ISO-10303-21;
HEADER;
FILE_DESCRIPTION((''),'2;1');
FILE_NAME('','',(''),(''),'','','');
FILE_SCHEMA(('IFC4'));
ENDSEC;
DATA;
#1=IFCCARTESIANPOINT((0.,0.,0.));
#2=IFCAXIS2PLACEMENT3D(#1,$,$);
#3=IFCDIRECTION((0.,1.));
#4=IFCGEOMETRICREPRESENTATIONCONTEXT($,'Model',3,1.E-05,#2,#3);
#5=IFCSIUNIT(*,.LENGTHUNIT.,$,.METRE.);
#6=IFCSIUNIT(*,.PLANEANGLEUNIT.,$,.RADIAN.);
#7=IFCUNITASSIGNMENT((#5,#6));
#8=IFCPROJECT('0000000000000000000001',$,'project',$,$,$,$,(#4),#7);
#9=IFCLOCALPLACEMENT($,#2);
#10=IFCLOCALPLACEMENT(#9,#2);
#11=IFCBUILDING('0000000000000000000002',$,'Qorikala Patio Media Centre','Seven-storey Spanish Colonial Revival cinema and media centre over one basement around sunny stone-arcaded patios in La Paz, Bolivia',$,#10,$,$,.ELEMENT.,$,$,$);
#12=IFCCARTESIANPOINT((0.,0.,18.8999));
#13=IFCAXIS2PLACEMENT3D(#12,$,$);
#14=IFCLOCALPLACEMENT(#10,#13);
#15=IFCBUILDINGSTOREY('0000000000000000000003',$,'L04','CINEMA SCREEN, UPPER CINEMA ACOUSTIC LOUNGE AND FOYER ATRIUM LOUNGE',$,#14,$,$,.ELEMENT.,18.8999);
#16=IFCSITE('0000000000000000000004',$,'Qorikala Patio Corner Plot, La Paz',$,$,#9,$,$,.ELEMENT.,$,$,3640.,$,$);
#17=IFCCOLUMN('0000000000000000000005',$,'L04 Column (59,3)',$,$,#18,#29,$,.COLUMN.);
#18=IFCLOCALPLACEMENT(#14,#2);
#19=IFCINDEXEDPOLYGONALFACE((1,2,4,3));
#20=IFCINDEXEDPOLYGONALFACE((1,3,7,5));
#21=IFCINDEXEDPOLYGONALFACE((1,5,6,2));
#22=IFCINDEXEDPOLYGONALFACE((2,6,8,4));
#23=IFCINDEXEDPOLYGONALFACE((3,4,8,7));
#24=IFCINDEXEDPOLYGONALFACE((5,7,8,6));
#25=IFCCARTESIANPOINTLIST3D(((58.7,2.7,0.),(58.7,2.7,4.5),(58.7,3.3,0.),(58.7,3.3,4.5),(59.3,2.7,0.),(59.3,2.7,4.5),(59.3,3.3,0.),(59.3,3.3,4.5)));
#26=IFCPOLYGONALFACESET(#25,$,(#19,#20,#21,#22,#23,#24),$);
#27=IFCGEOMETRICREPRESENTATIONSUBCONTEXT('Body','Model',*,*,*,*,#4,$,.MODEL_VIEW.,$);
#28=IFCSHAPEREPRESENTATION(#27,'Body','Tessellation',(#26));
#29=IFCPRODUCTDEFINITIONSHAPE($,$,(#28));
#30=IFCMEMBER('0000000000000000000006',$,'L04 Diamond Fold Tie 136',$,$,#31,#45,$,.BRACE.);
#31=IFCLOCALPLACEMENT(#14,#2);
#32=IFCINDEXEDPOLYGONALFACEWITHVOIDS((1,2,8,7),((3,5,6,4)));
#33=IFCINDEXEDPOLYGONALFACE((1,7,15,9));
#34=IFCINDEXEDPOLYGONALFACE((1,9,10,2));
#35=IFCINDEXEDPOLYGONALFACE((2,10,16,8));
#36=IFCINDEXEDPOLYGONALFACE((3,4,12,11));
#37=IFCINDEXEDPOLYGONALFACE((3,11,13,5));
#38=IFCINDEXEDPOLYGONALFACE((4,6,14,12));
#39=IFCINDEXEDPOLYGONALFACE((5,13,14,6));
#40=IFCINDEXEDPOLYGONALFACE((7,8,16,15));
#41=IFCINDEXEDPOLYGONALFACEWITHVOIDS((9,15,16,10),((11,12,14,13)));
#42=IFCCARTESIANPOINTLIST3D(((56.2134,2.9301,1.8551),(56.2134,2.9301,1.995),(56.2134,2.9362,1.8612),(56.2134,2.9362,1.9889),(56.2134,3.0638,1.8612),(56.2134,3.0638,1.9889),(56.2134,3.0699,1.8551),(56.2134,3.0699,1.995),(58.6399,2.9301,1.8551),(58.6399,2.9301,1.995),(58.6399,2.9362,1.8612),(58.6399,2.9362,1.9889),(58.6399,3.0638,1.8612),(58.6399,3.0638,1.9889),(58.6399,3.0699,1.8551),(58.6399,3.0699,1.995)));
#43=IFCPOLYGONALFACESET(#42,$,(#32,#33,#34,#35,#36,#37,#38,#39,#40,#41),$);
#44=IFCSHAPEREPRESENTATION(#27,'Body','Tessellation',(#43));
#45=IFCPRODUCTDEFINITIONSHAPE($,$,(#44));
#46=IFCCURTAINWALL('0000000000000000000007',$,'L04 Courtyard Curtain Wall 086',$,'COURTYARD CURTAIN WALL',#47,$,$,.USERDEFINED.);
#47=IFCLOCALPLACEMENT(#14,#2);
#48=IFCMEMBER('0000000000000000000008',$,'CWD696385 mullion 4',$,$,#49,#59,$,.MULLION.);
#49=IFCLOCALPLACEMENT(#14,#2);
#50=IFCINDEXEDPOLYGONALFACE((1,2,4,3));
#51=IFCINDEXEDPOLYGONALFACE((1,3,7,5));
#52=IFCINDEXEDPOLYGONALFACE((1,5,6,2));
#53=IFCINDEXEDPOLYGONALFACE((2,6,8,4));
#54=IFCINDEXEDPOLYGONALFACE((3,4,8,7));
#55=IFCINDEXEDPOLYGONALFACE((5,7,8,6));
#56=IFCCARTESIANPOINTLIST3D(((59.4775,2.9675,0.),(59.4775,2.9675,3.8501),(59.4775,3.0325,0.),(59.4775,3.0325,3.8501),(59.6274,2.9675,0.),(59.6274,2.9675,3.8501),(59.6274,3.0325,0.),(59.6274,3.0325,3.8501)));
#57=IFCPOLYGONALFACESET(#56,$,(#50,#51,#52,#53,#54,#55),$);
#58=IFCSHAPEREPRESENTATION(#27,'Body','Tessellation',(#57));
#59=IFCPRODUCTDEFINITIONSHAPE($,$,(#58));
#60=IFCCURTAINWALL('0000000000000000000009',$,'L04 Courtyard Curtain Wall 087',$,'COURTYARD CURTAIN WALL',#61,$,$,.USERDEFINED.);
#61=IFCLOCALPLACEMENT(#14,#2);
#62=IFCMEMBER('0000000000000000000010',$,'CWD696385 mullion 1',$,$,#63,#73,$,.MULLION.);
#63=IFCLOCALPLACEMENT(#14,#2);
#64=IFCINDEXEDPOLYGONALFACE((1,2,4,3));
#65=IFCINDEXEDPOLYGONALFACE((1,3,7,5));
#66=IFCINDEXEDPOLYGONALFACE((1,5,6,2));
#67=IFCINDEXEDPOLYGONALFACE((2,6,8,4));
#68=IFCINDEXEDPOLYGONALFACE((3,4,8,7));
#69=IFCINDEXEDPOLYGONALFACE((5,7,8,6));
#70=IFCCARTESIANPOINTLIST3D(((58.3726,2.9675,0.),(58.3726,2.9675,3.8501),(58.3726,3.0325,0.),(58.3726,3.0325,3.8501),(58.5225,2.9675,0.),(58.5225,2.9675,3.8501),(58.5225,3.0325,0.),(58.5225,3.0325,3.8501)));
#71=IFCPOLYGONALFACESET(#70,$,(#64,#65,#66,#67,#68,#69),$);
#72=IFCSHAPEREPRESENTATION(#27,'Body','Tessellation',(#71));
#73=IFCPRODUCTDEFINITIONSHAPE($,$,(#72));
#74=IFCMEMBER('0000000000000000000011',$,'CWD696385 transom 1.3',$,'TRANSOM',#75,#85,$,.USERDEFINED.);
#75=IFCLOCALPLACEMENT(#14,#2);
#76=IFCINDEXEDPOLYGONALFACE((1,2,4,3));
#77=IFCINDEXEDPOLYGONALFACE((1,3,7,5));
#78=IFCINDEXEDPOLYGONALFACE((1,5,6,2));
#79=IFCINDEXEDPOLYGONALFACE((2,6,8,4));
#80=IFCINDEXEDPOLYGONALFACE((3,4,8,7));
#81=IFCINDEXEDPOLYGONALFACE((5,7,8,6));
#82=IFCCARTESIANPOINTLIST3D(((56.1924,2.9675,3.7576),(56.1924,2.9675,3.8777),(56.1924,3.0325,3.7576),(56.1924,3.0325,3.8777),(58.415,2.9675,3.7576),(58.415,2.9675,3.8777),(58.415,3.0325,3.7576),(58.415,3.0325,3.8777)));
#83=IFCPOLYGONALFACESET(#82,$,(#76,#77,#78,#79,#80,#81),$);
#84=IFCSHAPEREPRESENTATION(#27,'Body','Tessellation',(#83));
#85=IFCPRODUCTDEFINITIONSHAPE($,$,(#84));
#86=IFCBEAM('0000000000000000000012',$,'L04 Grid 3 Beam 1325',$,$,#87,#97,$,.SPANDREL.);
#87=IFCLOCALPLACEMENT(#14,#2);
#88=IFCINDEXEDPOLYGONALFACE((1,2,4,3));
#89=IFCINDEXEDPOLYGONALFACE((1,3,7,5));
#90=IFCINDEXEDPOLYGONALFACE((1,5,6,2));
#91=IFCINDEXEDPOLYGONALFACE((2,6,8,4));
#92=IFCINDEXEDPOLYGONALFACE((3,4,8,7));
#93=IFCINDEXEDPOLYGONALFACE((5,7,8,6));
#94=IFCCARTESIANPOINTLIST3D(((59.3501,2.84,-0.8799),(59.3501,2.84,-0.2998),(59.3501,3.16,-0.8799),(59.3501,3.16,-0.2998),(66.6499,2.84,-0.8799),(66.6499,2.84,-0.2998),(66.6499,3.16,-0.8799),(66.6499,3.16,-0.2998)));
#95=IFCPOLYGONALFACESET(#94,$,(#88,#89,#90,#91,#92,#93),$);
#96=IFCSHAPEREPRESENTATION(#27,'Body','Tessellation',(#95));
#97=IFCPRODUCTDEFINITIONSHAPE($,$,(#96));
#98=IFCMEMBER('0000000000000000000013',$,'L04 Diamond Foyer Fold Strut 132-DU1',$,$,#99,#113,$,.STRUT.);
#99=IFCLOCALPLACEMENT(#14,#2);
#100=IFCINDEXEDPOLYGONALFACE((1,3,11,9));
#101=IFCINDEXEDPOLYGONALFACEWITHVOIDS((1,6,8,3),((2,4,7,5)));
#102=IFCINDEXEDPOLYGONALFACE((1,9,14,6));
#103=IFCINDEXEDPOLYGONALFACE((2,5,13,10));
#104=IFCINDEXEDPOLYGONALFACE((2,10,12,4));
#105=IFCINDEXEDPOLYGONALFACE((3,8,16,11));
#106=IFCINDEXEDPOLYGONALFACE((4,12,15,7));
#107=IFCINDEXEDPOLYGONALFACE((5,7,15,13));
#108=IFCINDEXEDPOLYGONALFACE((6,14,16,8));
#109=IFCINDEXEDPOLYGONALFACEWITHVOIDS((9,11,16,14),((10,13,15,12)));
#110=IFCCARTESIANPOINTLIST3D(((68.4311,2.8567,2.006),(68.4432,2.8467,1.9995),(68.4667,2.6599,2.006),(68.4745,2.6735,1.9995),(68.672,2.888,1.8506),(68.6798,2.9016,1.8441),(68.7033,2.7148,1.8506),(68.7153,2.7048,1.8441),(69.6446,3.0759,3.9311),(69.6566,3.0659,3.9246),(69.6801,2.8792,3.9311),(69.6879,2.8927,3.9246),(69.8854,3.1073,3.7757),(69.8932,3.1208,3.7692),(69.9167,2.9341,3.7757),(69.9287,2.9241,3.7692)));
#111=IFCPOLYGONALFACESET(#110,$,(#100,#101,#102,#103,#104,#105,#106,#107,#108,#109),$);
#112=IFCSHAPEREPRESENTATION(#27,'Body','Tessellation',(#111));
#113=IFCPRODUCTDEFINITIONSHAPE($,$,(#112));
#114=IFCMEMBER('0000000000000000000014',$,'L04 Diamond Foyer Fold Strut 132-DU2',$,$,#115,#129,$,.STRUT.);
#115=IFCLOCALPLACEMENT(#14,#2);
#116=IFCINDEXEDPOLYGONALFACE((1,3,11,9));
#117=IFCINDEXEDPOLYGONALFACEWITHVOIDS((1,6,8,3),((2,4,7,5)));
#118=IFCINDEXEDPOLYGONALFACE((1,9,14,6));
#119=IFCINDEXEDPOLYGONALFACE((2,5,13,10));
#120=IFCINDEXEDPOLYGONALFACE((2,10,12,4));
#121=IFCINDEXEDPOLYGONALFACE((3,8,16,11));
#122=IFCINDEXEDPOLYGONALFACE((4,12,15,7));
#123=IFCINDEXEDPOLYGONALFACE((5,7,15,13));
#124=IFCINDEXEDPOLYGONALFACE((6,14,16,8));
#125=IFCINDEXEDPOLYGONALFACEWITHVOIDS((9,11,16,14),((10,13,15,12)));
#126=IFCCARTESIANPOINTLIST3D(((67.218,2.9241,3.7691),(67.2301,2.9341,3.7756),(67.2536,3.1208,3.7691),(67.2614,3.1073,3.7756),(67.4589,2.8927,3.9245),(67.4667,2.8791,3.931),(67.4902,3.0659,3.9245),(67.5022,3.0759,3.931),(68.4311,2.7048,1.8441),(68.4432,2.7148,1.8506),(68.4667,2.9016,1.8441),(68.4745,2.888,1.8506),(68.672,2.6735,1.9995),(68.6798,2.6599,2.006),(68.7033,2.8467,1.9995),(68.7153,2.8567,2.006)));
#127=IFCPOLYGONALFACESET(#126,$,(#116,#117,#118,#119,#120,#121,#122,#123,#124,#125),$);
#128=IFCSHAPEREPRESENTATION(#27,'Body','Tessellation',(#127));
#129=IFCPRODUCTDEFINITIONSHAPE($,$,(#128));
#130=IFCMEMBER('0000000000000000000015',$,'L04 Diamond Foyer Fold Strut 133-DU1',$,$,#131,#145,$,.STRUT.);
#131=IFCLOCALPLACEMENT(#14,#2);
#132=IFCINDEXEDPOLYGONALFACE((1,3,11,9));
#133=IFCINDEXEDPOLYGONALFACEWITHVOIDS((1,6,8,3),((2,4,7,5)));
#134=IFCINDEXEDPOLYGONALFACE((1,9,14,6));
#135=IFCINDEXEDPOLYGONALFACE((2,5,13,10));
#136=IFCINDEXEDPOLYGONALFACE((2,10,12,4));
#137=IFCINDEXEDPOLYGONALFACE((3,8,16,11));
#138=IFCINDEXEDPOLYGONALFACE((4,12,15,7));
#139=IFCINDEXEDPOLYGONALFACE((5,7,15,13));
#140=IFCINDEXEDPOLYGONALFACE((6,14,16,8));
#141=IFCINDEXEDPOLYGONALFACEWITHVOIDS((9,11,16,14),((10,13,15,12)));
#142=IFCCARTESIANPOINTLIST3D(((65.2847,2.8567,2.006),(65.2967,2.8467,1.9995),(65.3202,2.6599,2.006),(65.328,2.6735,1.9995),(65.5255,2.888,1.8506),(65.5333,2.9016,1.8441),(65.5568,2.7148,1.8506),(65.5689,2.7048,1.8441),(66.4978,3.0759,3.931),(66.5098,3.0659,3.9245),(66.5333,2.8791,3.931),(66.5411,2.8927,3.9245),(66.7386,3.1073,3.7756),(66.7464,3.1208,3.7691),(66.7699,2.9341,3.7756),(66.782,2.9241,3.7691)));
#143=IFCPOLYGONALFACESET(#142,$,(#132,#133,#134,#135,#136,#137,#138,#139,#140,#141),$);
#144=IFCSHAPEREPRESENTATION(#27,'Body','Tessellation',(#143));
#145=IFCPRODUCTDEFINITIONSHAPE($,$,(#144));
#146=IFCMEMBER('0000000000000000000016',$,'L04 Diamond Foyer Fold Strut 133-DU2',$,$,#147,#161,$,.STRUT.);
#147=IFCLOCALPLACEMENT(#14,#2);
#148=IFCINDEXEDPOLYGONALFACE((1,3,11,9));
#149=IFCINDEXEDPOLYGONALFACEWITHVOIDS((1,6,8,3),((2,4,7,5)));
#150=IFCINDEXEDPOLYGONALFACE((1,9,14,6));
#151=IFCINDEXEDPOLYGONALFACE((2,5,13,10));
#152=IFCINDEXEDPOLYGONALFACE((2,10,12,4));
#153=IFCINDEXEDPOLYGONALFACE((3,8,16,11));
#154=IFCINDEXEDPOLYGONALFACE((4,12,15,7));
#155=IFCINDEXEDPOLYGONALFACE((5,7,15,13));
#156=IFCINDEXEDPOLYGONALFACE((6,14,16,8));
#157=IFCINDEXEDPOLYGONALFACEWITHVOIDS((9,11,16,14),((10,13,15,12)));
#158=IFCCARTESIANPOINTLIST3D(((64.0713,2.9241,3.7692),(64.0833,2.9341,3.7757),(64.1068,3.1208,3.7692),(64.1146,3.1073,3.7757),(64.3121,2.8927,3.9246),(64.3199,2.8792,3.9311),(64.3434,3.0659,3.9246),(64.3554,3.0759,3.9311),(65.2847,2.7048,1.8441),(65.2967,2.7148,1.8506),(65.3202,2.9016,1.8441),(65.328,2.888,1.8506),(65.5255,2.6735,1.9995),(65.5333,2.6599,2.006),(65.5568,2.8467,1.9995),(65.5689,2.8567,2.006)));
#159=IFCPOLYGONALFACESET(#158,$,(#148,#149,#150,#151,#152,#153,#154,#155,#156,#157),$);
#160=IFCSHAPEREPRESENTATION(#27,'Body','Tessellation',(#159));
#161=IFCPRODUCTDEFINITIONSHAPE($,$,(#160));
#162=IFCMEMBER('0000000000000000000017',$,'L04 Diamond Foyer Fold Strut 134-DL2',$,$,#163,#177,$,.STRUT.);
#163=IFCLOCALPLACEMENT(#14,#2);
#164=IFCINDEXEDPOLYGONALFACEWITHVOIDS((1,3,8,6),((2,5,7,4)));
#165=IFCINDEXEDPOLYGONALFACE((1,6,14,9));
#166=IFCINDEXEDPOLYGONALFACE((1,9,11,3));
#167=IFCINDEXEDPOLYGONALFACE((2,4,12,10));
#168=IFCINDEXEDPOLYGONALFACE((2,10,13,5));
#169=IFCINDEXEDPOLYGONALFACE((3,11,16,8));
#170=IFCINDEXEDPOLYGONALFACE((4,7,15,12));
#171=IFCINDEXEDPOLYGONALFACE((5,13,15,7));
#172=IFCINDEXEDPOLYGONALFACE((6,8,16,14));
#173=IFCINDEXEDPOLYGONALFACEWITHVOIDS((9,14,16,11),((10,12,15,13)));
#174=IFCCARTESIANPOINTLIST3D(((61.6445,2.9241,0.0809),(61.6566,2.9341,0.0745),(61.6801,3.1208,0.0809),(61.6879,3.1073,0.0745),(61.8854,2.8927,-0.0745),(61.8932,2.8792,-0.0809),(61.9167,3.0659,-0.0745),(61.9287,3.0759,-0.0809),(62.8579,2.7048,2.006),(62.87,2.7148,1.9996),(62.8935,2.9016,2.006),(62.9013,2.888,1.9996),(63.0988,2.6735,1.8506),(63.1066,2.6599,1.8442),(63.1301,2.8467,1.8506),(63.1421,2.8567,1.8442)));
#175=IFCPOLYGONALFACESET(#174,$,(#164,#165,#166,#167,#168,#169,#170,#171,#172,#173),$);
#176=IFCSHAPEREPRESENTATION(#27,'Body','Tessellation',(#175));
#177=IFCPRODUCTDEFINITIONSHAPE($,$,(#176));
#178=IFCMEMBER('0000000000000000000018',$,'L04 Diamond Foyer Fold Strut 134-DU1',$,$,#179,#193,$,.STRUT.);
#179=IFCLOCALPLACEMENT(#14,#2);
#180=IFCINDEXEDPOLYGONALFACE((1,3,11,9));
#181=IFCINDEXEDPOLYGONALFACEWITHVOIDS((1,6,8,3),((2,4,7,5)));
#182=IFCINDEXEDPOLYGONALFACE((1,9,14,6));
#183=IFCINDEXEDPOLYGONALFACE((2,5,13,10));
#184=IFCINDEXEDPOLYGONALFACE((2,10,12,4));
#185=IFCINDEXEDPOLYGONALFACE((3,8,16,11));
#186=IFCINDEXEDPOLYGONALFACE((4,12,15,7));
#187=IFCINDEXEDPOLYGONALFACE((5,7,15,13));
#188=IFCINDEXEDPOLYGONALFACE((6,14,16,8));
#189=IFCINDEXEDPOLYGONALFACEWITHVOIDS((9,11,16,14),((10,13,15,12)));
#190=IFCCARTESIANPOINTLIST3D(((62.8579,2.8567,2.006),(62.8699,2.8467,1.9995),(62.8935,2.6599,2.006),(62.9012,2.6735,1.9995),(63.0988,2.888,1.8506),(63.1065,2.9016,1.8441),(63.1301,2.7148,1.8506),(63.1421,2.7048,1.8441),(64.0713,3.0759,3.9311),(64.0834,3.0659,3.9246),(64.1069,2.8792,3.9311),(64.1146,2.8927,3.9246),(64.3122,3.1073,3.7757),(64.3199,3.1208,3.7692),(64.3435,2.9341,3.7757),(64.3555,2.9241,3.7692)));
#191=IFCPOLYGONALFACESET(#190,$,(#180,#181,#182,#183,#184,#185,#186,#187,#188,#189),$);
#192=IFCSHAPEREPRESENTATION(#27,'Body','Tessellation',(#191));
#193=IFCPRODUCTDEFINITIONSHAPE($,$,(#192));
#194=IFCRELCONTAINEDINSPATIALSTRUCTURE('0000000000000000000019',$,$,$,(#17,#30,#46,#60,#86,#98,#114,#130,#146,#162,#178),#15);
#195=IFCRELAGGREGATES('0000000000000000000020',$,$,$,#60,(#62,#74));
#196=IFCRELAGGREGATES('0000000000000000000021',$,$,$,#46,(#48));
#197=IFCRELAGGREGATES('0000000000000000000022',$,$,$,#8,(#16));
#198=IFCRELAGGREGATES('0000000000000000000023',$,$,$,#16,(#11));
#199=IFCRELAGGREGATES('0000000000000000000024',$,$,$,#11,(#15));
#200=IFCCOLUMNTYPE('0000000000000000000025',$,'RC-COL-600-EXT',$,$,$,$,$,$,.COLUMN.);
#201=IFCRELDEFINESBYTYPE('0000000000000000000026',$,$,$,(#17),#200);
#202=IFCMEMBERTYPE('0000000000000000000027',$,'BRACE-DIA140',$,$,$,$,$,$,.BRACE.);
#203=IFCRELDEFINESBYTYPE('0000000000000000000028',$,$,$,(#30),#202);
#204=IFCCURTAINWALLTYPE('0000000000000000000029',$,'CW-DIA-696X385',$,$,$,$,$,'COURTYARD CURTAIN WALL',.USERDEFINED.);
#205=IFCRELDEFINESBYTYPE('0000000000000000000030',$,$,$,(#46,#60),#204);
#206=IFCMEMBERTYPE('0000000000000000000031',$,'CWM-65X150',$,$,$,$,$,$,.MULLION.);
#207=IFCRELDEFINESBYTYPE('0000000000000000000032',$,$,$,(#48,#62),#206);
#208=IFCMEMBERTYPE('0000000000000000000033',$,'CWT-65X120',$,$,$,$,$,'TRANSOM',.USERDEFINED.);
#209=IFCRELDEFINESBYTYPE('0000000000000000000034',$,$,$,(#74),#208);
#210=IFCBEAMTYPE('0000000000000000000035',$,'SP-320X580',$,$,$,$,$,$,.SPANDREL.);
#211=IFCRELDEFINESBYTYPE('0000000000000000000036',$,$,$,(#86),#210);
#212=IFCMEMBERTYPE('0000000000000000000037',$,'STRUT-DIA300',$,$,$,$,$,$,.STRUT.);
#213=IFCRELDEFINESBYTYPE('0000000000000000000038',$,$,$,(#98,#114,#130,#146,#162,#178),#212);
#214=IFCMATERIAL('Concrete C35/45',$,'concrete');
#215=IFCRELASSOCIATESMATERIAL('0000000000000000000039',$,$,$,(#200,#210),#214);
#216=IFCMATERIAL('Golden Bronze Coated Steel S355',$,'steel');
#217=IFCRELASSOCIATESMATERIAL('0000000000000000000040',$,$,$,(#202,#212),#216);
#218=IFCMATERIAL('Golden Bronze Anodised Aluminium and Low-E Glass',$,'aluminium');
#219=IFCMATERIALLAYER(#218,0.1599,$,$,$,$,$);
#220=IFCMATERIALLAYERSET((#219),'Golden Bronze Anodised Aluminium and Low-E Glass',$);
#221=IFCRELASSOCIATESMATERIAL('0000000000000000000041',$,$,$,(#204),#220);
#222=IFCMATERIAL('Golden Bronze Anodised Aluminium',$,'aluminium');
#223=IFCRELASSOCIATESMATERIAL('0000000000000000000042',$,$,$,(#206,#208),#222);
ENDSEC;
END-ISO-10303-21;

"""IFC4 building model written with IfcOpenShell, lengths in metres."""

from ifc_helpers import new_model, si_unit, direction, frame, origin, origin_2d, place, context, subcontext, project, spatial, rectangle, hollow_rectangle, extrude, material, layer, layer_set, material_profile, profile_set, type_object, element, aggregate, save


model = new_model("IFC4")

# Units and contexts
model_context = context("Model", 3, precision=1e-05, world=origin(), true_north=direction((0.0, 1.0)))
body_context = subcontext(model_context, "Body", "Model", "MODEL_VIEW")
ifc_project = project(units=[si_unit("LENGTHUNIT", "METRE"), si_unit("PLANEANGLEUNIT", "RADIAN")], contexts=[model_context])

# Site, building, storey
site_placement = place(None, origin())
site = spatial("IfcSite", under=ifc_project, at=site_placement, Name="Qorikala Patio Corner Plot, La Paz", CompositionType="ELEMENT", RefElevation=3640.0)
building_placement = place(site_placement, origin())
building = spatial("IfcBuilding", under=site, at=building_placement, Name="Qorikala Patio Media Centre", Description="Seven-storey Spanish Colonial Revival cinema and media centre over one basement around sunny stone-arcaded patios in La Paz, Bolivia", CompositionType="ELEMENT")
storey_placement = place(building_placement, frame((0.0, 0.0, 18.8999)))
storey = spatial("IfcBuildingStorey", under=building, at=storey_placement, Name="L04", Description="CINEMA SCREEN, UPPER CINEMA ACOUSTIC LOUNGE AND FOYER ATRIUM LOUNGE", CompositionType="ELEMENT", Elevation=18.8999)

# Column
ifc_material_1 = material(Name="Concrete C35/45", Category="concrete")
ifc_material_profile_1 = material_profile(ifc_material_1, rectangle(XDim=0.6001, YDim=0.6001, at=origin_2d()), Name="RC 600x600")
ifc_profile_set_1 = profile_set([ifc_material_profile_1], Name="Concrete C35/45")
column_type = type_object("IfcColumnType", Name="RC-COL-600-EXT", PredefinedType="COLUMN", material=ifc_profile_set_1)
column_placement = place(storey_placement, frame((59.0, 3.0, 0.0), z_axis=(0.0, 0.0, 1.0), x_axis=(1.0, 0.0, 0.0)))
element("IfcColumn", 1, at=column_placement, inside=storey, type_object=column_type, Name="L04 Column (59,3)", PredefinedType="COLUMN", context=body_context, shape_type="SweptSolid", body=[
    extrude(rectangle(XDim=0.6001, YDim=0.6001, at=origin_2d()), origin(), (0.0, 0.0, 1.0), 4.5),
])

# Member
ifc_material_2 = material(Name="Golden Bronze Coated Steel S355", Category="steel")
ifc_material_profile_2 = material_profile(ifc_material_2, hollow_rectangle(XDim=0.1399, YDim=0.1399, WallThickness=0.0061, at=origin_2d()), Name="HSS140X140X6")
ifc_profile_set_2 = profile_set([ifc_material_profile_2], Name="Golden Bronze Coated Steel S355")
member_type_1 = type_object("IfcMemberType", Name="BRACE-DIA140", PredefinedType="BRACE", material=ifc_profile_set_2)
member_1_placement = place(storey_placement, frame((58.6399, 3.0, 1.925), z_axis=(-1.0, 0.0, 0.0), x_axis=(0.0, -1.0, 0.0)))
element("IfcMember", 2, at=member_1_placement, inside=storey, type_object=member_type_1, Name="L04 Diamond Fold Tie 136", PredefinedType="BRACE", context=body_context, shape_type="SweptSolid", body=[
    extrude(hollow_rectangle(XDim=0.1399, YDim=0.1399, WallThickness=0.0061, at=origin_2d()), origin(), (0.0, 0.0, 1.0), 2.4265),
])

# Curtain wall, member
ifc_material_3 = material(Name="Golden Bronze Anodised Aluminium and Low-E Glass", Category="aluminium")
ifc_layer_1 = layer(ifc_material_3, 0.1599)
ifc_layer_set_1 = layer_set([ifc_layer_1], Name="Golden Bronze Anodised Aluminium and Low-E Glass")
curtain_wall_type = type_object("IfcCurtainWallType", Name="CW-DIA-696X385", ElementType="COURTYARD CURTAIN WALL", PredefinedType="USERDEFINED", material=ifc_layer_set_1)
curtain_wall_1_placement = place(storey_placement, origin())
curtain_wall_1 = element("IfcCurtainWall", 3, at=curtain_wall_1_placement, inside=storey, type_object=curtain_wall_type, Name="L04 Courtyard Curtain Wall 086", ObjectType="COURTYARD CURTAIN WALL", PredefinedType="USERDEFINED")
ifc_material_4 = material(Name="Golden Bronze Anodised Aluminium", Category="aluminium")
ifc_material_profile_3 = material_profile(ifc_material_4, rectangle(XDim=0.0649, YDim=0.1499, at=origin_2d()), Name="ALU MULLION 65x150")
ifc_profile_set_3 = profile_set([ifc_material_profile_3], Name="Golden Bronze Anodised Aluminium")
member_type_2 = type_object("IfcMemberType", Name="CWM-65X150", PredefinedType="MULLION", material=ifc_profile_set_3)
member_2_placement = place(storey_placement, frame((59.5525, 3.0, 0.0), z_axis=(0.0, 0.0, 1.0), x_axis=(0.0, -1.0, 0.0)))
member_2 = element("IfcMember", 4, at=member_2_placement, type_object=member_type_2, Name="CWD696385 mullion 4", PredefinedType="MULLION", context=body_context, shape_type="SweptSolid", body=[
    extrude(rectangle(XDim=0.0649, YDim=0.1499, at=origin_2d()), origin(), (0.0, 0.0, 1.0), 3.8501),
])

# Curtain wall, members
curtain_wall_2_placement = place(storey_placement, origin())
curtain_wall_2 = element("IfcCurtainWall", 5, at=curtain_wall_2_placement, inside=storey, type_object=curtain_wall_type, Name="L04 Courtyard Curtain Wall 087", ObjectType="COURTYARD CURTAIN WALL", PredefinedType="USERDEFINED")
member_3_placement = place(storey_placement, frame((58.4475, 3.0, 0.0), z_axis=(0.0, 0.0, 1.0), x_axis=(0.0, -1.0, 0.0)))
member_3 = element("IfcMember", 6, at=member_3_placement, type_object=member_type_2, Name="CWD696385 mullion 1", PredefinedType="MULLION", context=body_context, shape_type="SweptSolid", body=[
    extrude(rectangle(XDim=0.0649, YDim=0.1499, at=origin_2d()), origin(), (0.0, 0.0, 1.0), 3.8501),
])
ifc_material_profile_4 = material_profile(ifc_material_4, rectangle(XDim=0.0649, YDim=0.1201, at=origin_2d()), Name="ALU TRANSOM 65x120")
ifc_profile_set_4 = profile_set([ifc_material_profile_4], Name="Golden Bronze Anodised Aluminium")
member_type_3 = type_object("IfcMemberType", Name="CWT-65X120", ElementType="TRANSOM", PredefinedType="USERDEFINED", material=ifc_profile_set_4)
member_4_placement = place(storey_placement, frame((58.415, 3.0, 3.8176), z_axis=(-1.0, 0.0, 0.0), x_axis=(0.0, -1.0, 0.0)))
member_4 = element("IfcMember", 7, at=member_4_placement, type_object=member_type_3, Name="CWD696385 transom 1.3", ObjectType="TRANSOM", PredefinedType="USERDEFINED", context=body_context, shape_type="SweptSolid", body=[
    extrude(rectangle(XDim=0.0649, YDim=0.1201, at=origin_2d()), origin(), (0.0, 0.0, 1.0), 2.2227),
])
aggregate(curtain_wall_2, [member_3, member_4])

# Beam
ifc_material_profile_5 = material_profile(ifc_material_1, rectangle(XDim=0.3201, YDim=0.5801, at=origin_2d()), Name="RC 320x580")
ifc_profile_set_5 = profile_set([ifc_material_profile_5], Name="Concrete C35/45")
beam_type = type_object("IfcBeamType", Name="SP-320X580", PredefinedType="SPANDREL", material=ifc_profile_set_5)
beam_placement = place(storey_placement, frame((59.3501, 3.0, -0.5898), z_axis=(1.0, 0.0, 0.0), x_axis=(0.0, 1.0, 0.0)))
element("IfcBeam", 8, at=beam_placement, inside=storey, type_object=beam_type, Name="L04 Grid 3 Beam 1325", PredefinedType="SPANDREL", context=body_context, shape_type="SweptSolid", body=[
    extrude(rectangle(XDim=0.3201, YDim=0.5801, at=origin_2d()), origin(), (0.0, 0.0, 1.0), 7.2998),
])

# Members
ifc_material_profile_6 = material_profile(ifc_material_2, hollow_rectangle(XDim=0.2, YDim=0.3, WallThickness=0.012, at=origin_2d()), Name="HSS300X200X12")
ifc_profile_set_6 = profile_set([ifc_material_profile_6], Name="Golden Bronze Coated Steel S355")
member_type_4 = type_object("IfcMemberType", Name="STRUT-DIA300", PredefinedType="STRUT", material=ifc_profile_set_6)
member_5_placement = place(storey_placement, frame((68.5732, 2.7808, 1.925), z_axis=(0.530768, 0.095901, 0.842074), x_axis=(-0.177805, 0.984066, 0.0)))
element("IfcMember", 9, at=member_5_placement, inside=storey, type_object=member_type_4, Name="L04 Diamond Foyer Fold Strut 132-DU1", PredefinedType="STRUT", context=body_context, shape_type="SweptSolid", body=[
    extrude(hollow_rectangle(XDim=0.2, YDim=0.3, WallThickness=0.012, at=origin_2d()), origin(), (0.0, 0.0, 1.0), 2.2861),
])
for number, where, z_axis, x_axis, name in (
    (10, (68.5732, 2.7808, 1.925), (-0.530691, 0.095907, 0.842121), (-0.17784, -0.984059, 0.0), "L04 Diamond Foyer Fold Strut 132-DU2"),
    (11, (65.4268, 2.7808, 1.925), (0.530691, 0.095907, 0.842121), (-0.17784, 0.984059, 0.0), "L04 Diamond Foyer Fold Strut 133-DU1"),
):
    element("IfcMember", number, at=place(storey_placement, frame(where, z_axis=z_axis, x_axis=x_axis)), inside=storey, type_object=member_type_4, Name=name, PredefinedType="STRUT", context=body_context, shape_type="SweptSolid", body=[
        extrude(hollow_rectangle(XDim=0.2, YDim=0.3, WallThickness=0.012, at=origin_2d()), origin(), (0.0, 0.0, 1.0), 2.2859),
    ])
for number, where, z_axis, x_axis, name in (
    (12, (65.4268, 2.7808, 1.925), (-0.530768, 0.095901, 0.842074), (-0.177805, -0.984066, 0.0), "L04 Diamond Foyer Fold Strut 133-DU2"),
    (13, (61.7866, 3.0, 0.0), (0.530768, -0.095901, 0.842074), (0.177805, 0.984066, 0.0), "L04 Diamond Foyer Fold Strut 134-DL2"),
    (14, (63.0, 2.7808, 1.925), (0.530768, 0.095901, 0.842074), (-0.177805, 0.984066, 0.0), "L04 Diamond Foyer Fold Strut 134-DU1"),
):
    element("IfcMember", number, at=place(storey_placement, frame(where, z_axis=z_axis, x_axis=x_axis)), inside=storey, type_object=member_type_4, Name=name, PredefinedType="STRUT", context=body_context, shape_type="SweptSolid", body=[
        extrude(hollow_rectangle(XDim=0.2, YDim=0.3, WallThickness=0.012, at=origin_2d()), origin(), (0.0, 0.0, 1.0), 2.2861),
    ])

aggregate(curtain_wall_1, [member_2])

save(model, "model.ifc")
